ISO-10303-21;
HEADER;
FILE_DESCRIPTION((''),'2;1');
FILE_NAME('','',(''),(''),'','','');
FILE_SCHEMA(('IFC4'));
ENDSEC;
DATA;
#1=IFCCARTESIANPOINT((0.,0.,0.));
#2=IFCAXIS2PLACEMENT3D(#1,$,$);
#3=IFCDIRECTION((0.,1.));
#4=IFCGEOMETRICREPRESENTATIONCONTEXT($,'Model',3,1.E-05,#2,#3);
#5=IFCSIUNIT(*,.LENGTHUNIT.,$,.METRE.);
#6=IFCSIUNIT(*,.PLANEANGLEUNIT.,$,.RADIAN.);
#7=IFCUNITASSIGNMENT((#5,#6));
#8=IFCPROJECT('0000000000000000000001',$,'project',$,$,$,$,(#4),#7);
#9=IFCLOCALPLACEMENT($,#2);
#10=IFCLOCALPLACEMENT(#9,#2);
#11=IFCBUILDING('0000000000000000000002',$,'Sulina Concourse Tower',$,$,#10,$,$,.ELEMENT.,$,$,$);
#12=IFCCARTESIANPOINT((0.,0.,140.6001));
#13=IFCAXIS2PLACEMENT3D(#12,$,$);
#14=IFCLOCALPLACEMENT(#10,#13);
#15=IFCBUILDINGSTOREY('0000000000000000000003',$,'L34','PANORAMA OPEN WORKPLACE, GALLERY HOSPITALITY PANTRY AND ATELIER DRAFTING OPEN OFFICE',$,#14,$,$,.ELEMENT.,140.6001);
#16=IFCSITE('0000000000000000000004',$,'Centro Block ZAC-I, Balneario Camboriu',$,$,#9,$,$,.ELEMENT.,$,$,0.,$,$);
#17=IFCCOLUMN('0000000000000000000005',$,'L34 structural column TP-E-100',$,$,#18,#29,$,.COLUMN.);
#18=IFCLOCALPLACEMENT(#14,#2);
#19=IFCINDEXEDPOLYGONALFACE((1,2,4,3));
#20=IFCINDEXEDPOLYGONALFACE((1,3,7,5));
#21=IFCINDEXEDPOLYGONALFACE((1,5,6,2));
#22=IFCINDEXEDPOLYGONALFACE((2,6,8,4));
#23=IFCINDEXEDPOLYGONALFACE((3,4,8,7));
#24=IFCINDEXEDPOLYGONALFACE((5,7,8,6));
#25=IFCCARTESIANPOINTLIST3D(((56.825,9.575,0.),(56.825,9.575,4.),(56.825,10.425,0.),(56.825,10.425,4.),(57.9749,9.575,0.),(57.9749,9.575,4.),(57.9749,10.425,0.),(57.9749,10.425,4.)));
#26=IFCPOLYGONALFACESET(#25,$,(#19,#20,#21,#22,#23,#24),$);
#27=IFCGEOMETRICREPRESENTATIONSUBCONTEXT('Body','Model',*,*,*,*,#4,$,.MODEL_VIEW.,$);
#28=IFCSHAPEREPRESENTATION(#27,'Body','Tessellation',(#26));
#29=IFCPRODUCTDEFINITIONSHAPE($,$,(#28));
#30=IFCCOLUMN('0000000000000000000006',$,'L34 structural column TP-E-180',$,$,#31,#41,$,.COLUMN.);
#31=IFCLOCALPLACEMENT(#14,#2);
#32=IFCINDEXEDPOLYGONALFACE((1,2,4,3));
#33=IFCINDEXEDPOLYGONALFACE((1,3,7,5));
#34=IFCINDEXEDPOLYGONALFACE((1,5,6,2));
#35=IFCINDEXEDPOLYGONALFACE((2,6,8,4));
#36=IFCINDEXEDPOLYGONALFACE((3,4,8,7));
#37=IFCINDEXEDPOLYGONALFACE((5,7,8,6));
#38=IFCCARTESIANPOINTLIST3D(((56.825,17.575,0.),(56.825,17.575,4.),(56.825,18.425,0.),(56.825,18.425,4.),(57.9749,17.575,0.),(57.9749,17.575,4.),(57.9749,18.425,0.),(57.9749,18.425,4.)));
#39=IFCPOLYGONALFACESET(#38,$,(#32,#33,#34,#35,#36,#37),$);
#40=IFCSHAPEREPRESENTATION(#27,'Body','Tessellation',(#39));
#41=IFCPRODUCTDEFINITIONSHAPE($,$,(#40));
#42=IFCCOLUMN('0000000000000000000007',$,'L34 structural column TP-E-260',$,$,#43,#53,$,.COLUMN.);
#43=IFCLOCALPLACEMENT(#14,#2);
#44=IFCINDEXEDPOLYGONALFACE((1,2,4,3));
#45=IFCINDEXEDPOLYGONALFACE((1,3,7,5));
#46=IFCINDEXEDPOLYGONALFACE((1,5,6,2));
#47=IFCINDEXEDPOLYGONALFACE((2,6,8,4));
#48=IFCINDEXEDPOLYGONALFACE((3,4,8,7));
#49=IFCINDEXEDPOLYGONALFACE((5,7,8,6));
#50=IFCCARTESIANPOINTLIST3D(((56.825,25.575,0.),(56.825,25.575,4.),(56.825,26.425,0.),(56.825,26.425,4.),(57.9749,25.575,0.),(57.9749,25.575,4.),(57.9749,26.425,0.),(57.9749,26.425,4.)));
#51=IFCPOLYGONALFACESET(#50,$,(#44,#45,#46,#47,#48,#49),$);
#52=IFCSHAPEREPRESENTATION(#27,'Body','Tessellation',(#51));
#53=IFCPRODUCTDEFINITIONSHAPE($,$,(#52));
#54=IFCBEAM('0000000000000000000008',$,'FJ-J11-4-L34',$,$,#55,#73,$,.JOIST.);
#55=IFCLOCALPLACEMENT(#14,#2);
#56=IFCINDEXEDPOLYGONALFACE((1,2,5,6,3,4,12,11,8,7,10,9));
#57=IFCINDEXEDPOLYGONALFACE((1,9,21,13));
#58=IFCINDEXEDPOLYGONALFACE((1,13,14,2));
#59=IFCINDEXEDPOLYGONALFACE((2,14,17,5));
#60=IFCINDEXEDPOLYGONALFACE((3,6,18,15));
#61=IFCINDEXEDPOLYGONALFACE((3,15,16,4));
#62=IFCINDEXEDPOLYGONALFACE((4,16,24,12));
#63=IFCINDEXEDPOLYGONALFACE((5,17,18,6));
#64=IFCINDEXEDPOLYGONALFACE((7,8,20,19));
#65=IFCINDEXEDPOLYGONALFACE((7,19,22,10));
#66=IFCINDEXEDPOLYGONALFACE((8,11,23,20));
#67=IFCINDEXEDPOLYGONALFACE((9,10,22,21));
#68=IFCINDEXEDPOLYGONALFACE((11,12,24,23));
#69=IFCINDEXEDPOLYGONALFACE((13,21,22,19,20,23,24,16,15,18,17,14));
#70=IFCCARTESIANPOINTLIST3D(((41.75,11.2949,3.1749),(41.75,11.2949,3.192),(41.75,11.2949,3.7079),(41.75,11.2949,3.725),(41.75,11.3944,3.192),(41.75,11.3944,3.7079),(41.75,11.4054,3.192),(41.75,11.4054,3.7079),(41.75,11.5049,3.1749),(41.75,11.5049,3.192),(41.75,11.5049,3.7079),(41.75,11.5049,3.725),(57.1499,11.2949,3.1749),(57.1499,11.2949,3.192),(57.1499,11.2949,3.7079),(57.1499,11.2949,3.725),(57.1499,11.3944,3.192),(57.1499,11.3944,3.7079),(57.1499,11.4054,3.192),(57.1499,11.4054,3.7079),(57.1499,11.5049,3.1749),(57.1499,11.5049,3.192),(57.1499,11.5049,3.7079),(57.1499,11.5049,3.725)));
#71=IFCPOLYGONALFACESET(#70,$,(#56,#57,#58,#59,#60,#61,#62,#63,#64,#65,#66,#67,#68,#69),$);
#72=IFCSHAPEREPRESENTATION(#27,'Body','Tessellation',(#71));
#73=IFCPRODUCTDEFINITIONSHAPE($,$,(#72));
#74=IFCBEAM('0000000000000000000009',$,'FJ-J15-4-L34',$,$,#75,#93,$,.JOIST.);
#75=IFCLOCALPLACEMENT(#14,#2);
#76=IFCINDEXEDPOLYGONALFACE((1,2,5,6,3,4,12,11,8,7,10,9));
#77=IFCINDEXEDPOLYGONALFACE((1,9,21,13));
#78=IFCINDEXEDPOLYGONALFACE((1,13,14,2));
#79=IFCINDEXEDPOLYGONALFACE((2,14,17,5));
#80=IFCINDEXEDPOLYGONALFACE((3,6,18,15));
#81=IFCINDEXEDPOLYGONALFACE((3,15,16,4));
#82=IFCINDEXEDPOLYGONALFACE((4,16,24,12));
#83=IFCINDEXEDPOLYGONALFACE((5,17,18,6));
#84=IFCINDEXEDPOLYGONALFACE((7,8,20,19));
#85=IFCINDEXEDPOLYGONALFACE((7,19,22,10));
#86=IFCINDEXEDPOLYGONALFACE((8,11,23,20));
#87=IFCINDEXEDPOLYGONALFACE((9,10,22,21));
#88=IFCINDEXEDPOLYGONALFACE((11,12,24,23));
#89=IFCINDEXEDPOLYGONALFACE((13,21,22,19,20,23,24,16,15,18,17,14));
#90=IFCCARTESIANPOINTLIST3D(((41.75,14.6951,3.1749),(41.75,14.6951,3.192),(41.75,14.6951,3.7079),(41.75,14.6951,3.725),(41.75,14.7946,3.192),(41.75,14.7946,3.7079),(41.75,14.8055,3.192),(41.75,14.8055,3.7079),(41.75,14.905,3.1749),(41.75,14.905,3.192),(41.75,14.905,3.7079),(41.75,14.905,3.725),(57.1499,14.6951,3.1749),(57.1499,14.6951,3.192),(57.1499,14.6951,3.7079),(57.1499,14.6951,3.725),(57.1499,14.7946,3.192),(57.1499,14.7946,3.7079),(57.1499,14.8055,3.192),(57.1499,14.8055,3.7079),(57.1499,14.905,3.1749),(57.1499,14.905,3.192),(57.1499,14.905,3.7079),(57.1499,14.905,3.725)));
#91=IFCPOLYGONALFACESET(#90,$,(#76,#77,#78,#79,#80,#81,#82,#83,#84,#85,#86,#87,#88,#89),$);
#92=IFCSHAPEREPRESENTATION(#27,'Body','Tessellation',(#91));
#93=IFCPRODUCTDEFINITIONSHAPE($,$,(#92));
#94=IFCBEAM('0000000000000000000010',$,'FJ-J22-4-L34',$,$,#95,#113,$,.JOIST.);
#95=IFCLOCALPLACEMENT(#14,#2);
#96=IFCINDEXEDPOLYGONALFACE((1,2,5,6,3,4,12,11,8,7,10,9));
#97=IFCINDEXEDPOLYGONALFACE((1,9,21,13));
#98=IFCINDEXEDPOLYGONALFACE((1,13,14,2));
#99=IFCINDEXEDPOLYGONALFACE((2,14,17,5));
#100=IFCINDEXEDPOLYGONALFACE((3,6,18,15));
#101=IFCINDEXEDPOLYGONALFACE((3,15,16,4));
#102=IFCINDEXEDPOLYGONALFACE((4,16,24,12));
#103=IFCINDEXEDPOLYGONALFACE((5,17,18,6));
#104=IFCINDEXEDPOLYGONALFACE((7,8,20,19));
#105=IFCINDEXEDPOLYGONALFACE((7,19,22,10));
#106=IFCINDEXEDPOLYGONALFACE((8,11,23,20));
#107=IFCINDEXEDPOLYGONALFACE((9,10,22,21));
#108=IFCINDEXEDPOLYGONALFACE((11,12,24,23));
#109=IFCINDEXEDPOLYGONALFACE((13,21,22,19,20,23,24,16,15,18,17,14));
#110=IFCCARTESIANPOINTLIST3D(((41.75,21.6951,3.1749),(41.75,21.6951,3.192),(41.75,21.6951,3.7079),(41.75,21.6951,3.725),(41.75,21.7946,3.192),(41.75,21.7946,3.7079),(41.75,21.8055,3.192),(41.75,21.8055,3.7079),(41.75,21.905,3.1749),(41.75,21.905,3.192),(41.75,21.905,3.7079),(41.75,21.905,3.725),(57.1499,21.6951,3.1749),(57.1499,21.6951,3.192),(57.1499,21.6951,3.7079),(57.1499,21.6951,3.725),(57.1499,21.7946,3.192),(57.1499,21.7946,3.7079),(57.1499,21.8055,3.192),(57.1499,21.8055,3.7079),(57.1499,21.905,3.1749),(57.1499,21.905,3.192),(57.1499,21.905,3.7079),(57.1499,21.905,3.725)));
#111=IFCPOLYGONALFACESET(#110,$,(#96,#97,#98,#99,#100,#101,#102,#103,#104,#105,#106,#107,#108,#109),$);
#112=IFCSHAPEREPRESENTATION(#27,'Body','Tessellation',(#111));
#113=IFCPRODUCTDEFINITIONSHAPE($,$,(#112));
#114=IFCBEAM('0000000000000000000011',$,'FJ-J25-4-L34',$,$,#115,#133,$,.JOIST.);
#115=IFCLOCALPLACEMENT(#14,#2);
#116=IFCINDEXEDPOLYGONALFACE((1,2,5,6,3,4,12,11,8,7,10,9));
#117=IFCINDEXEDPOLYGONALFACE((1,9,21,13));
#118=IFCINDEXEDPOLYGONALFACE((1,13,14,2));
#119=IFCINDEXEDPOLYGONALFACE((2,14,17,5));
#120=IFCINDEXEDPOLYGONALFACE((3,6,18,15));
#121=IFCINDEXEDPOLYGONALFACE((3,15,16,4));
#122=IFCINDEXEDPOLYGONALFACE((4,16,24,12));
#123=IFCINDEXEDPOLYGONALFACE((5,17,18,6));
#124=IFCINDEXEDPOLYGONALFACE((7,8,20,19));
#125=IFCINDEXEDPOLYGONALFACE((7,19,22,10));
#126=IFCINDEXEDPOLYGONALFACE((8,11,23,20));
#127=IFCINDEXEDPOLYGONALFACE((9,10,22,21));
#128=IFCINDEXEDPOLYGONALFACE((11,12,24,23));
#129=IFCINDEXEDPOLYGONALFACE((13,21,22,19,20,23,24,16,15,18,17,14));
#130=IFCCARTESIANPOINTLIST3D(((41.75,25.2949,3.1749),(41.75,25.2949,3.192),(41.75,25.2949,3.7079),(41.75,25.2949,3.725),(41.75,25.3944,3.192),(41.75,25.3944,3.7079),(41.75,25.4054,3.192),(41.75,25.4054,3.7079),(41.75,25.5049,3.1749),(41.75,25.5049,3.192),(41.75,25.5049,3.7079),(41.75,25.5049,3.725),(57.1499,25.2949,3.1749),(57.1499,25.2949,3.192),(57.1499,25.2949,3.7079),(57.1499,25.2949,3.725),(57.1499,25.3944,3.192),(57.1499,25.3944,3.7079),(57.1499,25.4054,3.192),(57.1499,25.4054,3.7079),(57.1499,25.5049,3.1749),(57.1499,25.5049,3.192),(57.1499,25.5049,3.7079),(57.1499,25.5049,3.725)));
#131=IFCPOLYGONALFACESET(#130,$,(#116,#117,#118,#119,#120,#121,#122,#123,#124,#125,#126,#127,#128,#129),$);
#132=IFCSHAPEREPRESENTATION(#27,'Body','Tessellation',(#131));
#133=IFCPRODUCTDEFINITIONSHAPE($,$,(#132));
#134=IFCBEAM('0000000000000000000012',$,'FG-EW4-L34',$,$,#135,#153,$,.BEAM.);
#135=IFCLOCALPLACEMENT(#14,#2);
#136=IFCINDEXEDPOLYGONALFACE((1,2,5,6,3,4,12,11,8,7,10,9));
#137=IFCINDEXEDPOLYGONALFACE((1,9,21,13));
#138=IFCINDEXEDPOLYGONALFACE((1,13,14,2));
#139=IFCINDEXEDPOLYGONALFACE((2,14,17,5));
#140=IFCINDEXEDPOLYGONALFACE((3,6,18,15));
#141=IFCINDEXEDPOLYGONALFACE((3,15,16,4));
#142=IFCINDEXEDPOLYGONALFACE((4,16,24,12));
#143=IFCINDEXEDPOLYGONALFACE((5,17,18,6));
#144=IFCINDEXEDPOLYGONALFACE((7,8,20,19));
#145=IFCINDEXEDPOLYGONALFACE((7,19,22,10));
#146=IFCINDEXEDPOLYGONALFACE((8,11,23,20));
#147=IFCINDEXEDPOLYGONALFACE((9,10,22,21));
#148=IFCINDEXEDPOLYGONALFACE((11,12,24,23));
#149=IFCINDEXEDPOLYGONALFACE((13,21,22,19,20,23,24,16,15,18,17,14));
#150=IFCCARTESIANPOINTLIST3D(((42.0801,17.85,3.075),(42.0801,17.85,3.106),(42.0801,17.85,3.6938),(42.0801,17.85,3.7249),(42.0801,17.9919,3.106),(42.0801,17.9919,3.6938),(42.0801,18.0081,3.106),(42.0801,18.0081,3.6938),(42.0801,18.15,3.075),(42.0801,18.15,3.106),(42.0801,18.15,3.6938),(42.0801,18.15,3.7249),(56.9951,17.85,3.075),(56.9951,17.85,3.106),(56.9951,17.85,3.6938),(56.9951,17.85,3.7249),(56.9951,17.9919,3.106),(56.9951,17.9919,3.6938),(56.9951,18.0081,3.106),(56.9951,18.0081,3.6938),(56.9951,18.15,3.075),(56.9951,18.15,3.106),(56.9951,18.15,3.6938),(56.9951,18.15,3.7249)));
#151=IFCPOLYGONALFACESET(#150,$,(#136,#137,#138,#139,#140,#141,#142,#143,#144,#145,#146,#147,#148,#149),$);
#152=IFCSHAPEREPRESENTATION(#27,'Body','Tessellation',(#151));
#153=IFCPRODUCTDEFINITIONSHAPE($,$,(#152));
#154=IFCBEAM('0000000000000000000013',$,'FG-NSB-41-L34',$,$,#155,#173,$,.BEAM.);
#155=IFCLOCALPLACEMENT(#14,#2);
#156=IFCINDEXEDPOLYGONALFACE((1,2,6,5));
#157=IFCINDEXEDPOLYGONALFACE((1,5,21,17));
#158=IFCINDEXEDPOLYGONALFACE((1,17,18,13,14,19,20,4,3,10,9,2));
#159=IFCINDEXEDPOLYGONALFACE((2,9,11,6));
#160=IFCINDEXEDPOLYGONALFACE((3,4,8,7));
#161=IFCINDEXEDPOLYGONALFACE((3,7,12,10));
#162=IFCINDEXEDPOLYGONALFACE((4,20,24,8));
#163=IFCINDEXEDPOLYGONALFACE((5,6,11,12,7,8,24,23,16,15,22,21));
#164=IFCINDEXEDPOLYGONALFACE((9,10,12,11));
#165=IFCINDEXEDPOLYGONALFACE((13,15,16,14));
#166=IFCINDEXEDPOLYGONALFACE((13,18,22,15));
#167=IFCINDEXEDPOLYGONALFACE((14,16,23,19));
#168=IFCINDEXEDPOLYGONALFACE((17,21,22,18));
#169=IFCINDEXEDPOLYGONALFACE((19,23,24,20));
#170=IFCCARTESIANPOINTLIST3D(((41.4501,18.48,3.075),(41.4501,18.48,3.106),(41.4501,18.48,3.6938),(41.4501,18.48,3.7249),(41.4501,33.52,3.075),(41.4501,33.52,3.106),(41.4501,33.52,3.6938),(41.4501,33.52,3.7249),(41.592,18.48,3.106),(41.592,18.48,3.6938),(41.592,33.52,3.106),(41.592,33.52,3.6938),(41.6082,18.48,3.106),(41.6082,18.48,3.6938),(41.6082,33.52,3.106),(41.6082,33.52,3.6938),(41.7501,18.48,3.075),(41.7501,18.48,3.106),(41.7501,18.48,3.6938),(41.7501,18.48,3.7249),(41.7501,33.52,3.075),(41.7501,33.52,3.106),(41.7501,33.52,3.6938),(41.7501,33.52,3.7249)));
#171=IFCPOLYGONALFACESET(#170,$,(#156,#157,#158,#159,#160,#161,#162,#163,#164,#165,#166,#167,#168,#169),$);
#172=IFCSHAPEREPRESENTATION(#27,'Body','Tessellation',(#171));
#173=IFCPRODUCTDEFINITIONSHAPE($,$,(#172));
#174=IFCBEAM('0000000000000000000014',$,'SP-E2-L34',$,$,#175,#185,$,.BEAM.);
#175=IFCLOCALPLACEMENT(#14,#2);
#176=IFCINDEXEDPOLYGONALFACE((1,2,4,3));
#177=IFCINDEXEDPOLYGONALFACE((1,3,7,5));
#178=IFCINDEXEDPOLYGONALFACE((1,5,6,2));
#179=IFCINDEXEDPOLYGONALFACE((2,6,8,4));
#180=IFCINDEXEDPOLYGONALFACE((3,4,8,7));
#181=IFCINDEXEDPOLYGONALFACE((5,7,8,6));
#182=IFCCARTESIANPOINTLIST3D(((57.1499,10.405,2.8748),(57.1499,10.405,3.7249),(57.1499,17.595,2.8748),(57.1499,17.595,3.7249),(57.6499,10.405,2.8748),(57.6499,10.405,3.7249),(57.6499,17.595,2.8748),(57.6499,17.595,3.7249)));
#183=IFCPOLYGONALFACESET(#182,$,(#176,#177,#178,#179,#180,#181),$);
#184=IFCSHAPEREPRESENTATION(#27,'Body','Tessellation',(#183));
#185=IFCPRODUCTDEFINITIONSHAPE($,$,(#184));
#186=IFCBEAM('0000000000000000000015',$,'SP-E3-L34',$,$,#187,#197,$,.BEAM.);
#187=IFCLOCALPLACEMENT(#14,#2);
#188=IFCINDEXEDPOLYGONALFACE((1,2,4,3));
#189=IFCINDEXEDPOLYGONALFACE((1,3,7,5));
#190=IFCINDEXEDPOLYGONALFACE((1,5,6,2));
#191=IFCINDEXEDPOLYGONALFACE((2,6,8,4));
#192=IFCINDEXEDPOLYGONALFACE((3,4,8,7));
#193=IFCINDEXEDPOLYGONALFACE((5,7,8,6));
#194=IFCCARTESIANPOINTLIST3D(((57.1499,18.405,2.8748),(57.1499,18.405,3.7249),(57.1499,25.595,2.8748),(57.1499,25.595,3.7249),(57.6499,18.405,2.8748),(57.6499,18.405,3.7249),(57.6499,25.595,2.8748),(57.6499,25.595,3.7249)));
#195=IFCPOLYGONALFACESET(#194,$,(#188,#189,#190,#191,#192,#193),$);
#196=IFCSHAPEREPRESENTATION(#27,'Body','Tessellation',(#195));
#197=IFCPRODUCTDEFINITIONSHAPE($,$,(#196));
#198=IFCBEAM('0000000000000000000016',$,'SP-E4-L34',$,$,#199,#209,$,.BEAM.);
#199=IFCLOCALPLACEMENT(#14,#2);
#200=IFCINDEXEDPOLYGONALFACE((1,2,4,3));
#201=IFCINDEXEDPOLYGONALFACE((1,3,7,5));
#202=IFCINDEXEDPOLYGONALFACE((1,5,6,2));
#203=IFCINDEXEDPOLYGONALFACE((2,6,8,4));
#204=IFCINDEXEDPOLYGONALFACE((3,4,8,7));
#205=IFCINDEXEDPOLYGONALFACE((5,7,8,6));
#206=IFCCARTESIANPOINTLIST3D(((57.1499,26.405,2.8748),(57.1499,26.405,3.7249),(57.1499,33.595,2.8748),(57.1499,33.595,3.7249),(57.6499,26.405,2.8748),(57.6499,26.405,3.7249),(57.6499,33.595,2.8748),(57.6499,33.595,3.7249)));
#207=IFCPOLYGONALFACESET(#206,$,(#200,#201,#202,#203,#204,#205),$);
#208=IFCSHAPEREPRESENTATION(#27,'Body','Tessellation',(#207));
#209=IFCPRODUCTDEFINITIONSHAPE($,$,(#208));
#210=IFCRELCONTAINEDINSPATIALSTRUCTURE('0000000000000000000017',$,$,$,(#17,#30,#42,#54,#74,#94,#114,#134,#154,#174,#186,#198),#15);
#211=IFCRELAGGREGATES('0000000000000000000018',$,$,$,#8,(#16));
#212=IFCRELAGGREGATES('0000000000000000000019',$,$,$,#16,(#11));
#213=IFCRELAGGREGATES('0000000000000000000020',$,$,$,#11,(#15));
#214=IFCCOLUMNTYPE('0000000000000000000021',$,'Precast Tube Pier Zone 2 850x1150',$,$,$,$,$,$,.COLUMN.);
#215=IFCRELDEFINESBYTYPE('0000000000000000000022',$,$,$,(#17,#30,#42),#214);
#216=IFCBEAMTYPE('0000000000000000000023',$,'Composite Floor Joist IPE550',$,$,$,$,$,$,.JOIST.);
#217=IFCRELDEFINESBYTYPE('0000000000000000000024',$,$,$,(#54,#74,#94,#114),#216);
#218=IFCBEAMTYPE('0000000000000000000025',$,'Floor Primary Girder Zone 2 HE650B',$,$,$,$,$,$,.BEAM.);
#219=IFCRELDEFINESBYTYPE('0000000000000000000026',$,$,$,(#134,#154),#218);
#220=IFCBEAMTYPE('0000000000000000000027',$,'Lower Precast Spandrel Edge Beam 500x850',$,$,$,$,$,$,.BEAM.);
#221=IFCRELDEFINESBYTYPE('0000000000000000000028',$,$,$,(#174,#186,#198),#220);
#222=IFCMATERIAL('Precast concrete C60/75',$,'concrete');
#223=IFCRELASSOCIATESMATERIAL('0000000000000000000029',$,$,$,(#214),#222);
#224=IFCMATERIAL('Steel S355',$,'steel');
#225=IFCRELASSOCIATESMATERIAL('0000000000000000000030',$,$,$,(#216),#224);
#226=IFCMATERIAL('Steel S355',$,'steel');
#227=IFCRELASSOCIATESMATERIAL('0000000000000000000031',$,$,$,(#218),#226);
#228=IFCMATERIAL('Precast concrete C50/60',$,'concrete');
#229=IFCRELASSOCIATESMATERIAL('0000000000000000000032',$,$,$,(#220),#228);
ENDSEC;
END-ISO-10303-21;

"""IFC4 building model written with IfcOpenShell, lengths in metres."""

from ifc_helpers import new_model, si_unit, direction, frame, origin, origin_2d, place, context, subcontext, project, spatial, rectangle, i_section, extrude, material, material_profile, profile_set, type_object, element, save


model = new_model("IFC4")

# Units and contexts
model_context = context("Model", 3, precision=1e-05, world=origin(), true_north=direction((0.0, 1.0)))
body_context = subcontext(model_context, "Body", "Model", "MODEL_VIEW")
ifc_project = project(units=[si_unit("LENGTHUNIT", "METRE"), si_unit("PLANEANGLEUNIT", "RADIAN")], contexts=[model_context])

# Site, building, storey
site_placement = place(None, origin())
site = spatial("IfcSite", under=ifc_project, at=site_placement, Name="Centro Block ZAC-I, Balneario Camboriu", CompositionType="ELEMENT", RefElevation=0.0)
building_placement = place(site_placement, origin())
building = spatial("IfcBuilding", under=site, at=building_placement, Name="Sulina Concourse Tower", CompositionType="ELEMENT")
storey_placement = place(building_placement, frame((0.0, 0.0, 140.6001)))
storey = spatial("IfcBuildingStorey", under=building, at=storey_placement, Name="L34", Description="PANORAMA OPEN WORKPLACE, GALLERY HOSPITALITY PANTRY AND ATELIER DRAFTING OPEN OFFICE", CompositionType="ELEMENT", Elevation=140.6001)

# Columns
ifc_material_1 = material(Name="Precast concrete C60/75", Category="concrete")
ifc_material_profile_1 = material_profile(ifc_material_1, rectangle(XDim=0.8501, YDim=1.1499, at=origin_2d()), Name="PC 850x1150")
ifc_profile_set_1 = profile_set([ifc_material_profile_1], Name="Precast concrete C60/75")
column_type = type_object("IfcColumnType", Name="Precast Tube Pier Zone 2 850x1150", PredefinedType="COLUMN", material=ifc_profile_set_1)
for number, where, z_axis, x_axis, name in (
    (1, (57.3999, 10.0, 0.0), (0.0, 0.0, 1.0), (0.0, 1.0, 0.0), "L34 structural column TP-E-100"),
    (2, (57.3999, 18.0, 0.0), (0.0, 0.0, 1.0), (0.0, 1.0, 0.0), "L34 structural column TP-E-180"),
    (3, (57.3999, 26.0, 0.0), (0.0, 0.0, 1.0), (0.0, 1.0, 0.0), "L34 structural column TP-E-260"),
):
    element("IfcColumn", number, at=place(storey_placement, frame(where, z_axis=z_axis, x_axis=x_axis)), inside=storey, type_object=column_type, Name=name, PredefinedType="COLUMN", context=body_context, shape_type="SweptSolid", body=[
        extrude(rectangle(XDim=0.8501, YDim=1.1499, at=origin_2d()), origin(), (0.0, 0.0, 1.0), 4.0),
    ])

# Beams
ifc_material_2 = material(Name="Steel S355", Category="steel")
ifc_material_profile_2 = material_profile(ifc_material_2, i_section(OverallWidth=0.21, OverallDepth=0.55, WebThickness=0.011, FlangeThickness=0.0171, at=origin_2d()), Name="IPE 550")
ifc_profile_set_2 = profile_set([ifc_material_profile_2], Name="Steel S355")
beam_type_1 = type_object("IfcBeamType", Name="Composite Floor Joist IPE550", PredefinedType="JOIST", material=ifc_profile_set_2)
for number, where, z_axis, x_axis, name in (
    (4, (41.75, 11.3999, 3.45), (1.0, 0.0, 0.0), (0.0, 1.0, 0.0), "FJ-J11-4-L34"),
    (5, (41.75, 14.8, 3.45), (1.0, 0.0, 0.0), (0.0, 1.0, 0.0), "FJ-J15-4-L34"),
    (6, (41.75, 21.8, 3.45), (1.0, 0.0, 0.0), (0.0, 1.0, 0.0), "FJ-J22-4-L34"),
    (7, (41.75, 25.3999, 3.45), (1.0, 0.0, 0.0), (0.0, 1.0, 0.0), "FJ-J25-4-L34"),
):
    element("IfcBeam", number, at=place(storey_placement, frame(where, z_axis=z_axis, x_axis=x_axis)), inside=storey, type_object=beam_type_1, Name=name, PredefinedType="JOIST", context=body_context, shape_type="SweptSolid", body=[
        extrude(i_section(OverallWidth=0.21, OverallDepth=0.55, WebThickness=0.011, FlangeThickness=0.0171, at=origin_2d()), origin(), (0.0, 0.0, 1.0), 15.3999),
    ])
ifc_material_3 = material(Name="Steel S355", Category="steel")
ifc_material_profile_3 = material_profile(ifc_material_3, i_section(OverallWidth=0.3, OverallDepth=0.6499, WebThickness=0.0161, FlangeThickness=0.031, at=origin_2d()), Name="HE 650 B")
ifc_profile_set_3 = profile_set([ifc_material_profile_3], Name="Steel S355")
beam_type_2 = type_object("IfcBeamType", Name="Floor Primary Girder Zone 2 HE650B", PredefinedType="BEAM", material=ifc_profile_set_3)
beam_1_placement = place(storey_placement, frame((42.0801, 18.0, 3.3999), z_axis=(1.0, 0.0, 0.0), x_axis=(0.0, 1.0, 0.0)))
element("IfcBeam", 8, at=beam_1_placement, inside=storey, type_object=beam_type_2, Name="FG-EW4-L34", PredefinedType="BEAM", context=body_context, shape_type="SweptSolid", body=[
    extrude(i_section(OverallWidth=0.3, OverallDepth=0.6499, WebThickness=0.0161, FlangeThickness=0.031, at=origin_2d()), origin(), (0.0, 0.0, 1.0), 14.915),
])
beam_2_placement = place(storey_placement, frame((41.6001, 18.48, 3.3999), z_axis=(0.0, 1.0, 0.0), x_axis=(-1.0, 0.0, 0.0)))
element("IfcBeam", 9, at=beam_2_placement, inside=storey, type_object=beam_type_2, Name="FG-NSB-41-L34", PredefinedType="BEAM", context=body_context, shape_type="SweptSolid", body=[
    extrude(i_section(OverallWidth=0.3, OverallDepth=0.6499, WebThickness=0.0161, FlangeThickness=0.031, at=origin_2d()), origin(), (0.0, 0.0, 1.0), 15.04),
])
ifc_material_4 = material(Name="Precast concrete C50/60", Category="concrete")
ifc_material_profile_4 = material_profile(ifc_material_4, rectangle(XDim=0.5, YDim=0.8501, at=origin_2d()), Name="RC 500x850")
ifc_profile_set_4 = profile_set([ifc_material_profile_4], Name="Precast concrete C50/60")
beam_type_3 = type_object("IfcBeamType", Name="Lower Precast Spandrel Edge Beam 500x850", PredefinedType="BEAM", material=ifc_profile_set_4)
for number, where, z_axis, x_axis, name in (
    (10, (57.3999, 10.405, 3.2998), (0.0, 1.0, 0.0), (-1.0, 0.0, 0.0), "SP-E2-L34"),
    (11, (57.3999, 18.405, 3.2998), (0.0, 1.0, 0.0), (-1.0, 0.0, 0.0), "SP-E3-L34"),
    (12, (57.3999, 26.405, 3.2998), (0.0, 1.0, 0.0), (-1.0, 0.0, 0.0), "SP-E4-L34"),
):
    element("IfcBeam", number, at=place(storey_placement, frame(where, z_axis=z_axis, x_axis=x_axis)), inside=storey, type_object=beam_type_3, Name=name, PredefinedType="BEAM", context=body_context, shape_type="SweptSolid", body=[
        extrude(rectangle(XDim=0.5, YDim=0.8501, at=origin_2d()), origin(), (0.0, 0.0, 1.0), 7.1899),
    ])

save(model, "model.ifc")
